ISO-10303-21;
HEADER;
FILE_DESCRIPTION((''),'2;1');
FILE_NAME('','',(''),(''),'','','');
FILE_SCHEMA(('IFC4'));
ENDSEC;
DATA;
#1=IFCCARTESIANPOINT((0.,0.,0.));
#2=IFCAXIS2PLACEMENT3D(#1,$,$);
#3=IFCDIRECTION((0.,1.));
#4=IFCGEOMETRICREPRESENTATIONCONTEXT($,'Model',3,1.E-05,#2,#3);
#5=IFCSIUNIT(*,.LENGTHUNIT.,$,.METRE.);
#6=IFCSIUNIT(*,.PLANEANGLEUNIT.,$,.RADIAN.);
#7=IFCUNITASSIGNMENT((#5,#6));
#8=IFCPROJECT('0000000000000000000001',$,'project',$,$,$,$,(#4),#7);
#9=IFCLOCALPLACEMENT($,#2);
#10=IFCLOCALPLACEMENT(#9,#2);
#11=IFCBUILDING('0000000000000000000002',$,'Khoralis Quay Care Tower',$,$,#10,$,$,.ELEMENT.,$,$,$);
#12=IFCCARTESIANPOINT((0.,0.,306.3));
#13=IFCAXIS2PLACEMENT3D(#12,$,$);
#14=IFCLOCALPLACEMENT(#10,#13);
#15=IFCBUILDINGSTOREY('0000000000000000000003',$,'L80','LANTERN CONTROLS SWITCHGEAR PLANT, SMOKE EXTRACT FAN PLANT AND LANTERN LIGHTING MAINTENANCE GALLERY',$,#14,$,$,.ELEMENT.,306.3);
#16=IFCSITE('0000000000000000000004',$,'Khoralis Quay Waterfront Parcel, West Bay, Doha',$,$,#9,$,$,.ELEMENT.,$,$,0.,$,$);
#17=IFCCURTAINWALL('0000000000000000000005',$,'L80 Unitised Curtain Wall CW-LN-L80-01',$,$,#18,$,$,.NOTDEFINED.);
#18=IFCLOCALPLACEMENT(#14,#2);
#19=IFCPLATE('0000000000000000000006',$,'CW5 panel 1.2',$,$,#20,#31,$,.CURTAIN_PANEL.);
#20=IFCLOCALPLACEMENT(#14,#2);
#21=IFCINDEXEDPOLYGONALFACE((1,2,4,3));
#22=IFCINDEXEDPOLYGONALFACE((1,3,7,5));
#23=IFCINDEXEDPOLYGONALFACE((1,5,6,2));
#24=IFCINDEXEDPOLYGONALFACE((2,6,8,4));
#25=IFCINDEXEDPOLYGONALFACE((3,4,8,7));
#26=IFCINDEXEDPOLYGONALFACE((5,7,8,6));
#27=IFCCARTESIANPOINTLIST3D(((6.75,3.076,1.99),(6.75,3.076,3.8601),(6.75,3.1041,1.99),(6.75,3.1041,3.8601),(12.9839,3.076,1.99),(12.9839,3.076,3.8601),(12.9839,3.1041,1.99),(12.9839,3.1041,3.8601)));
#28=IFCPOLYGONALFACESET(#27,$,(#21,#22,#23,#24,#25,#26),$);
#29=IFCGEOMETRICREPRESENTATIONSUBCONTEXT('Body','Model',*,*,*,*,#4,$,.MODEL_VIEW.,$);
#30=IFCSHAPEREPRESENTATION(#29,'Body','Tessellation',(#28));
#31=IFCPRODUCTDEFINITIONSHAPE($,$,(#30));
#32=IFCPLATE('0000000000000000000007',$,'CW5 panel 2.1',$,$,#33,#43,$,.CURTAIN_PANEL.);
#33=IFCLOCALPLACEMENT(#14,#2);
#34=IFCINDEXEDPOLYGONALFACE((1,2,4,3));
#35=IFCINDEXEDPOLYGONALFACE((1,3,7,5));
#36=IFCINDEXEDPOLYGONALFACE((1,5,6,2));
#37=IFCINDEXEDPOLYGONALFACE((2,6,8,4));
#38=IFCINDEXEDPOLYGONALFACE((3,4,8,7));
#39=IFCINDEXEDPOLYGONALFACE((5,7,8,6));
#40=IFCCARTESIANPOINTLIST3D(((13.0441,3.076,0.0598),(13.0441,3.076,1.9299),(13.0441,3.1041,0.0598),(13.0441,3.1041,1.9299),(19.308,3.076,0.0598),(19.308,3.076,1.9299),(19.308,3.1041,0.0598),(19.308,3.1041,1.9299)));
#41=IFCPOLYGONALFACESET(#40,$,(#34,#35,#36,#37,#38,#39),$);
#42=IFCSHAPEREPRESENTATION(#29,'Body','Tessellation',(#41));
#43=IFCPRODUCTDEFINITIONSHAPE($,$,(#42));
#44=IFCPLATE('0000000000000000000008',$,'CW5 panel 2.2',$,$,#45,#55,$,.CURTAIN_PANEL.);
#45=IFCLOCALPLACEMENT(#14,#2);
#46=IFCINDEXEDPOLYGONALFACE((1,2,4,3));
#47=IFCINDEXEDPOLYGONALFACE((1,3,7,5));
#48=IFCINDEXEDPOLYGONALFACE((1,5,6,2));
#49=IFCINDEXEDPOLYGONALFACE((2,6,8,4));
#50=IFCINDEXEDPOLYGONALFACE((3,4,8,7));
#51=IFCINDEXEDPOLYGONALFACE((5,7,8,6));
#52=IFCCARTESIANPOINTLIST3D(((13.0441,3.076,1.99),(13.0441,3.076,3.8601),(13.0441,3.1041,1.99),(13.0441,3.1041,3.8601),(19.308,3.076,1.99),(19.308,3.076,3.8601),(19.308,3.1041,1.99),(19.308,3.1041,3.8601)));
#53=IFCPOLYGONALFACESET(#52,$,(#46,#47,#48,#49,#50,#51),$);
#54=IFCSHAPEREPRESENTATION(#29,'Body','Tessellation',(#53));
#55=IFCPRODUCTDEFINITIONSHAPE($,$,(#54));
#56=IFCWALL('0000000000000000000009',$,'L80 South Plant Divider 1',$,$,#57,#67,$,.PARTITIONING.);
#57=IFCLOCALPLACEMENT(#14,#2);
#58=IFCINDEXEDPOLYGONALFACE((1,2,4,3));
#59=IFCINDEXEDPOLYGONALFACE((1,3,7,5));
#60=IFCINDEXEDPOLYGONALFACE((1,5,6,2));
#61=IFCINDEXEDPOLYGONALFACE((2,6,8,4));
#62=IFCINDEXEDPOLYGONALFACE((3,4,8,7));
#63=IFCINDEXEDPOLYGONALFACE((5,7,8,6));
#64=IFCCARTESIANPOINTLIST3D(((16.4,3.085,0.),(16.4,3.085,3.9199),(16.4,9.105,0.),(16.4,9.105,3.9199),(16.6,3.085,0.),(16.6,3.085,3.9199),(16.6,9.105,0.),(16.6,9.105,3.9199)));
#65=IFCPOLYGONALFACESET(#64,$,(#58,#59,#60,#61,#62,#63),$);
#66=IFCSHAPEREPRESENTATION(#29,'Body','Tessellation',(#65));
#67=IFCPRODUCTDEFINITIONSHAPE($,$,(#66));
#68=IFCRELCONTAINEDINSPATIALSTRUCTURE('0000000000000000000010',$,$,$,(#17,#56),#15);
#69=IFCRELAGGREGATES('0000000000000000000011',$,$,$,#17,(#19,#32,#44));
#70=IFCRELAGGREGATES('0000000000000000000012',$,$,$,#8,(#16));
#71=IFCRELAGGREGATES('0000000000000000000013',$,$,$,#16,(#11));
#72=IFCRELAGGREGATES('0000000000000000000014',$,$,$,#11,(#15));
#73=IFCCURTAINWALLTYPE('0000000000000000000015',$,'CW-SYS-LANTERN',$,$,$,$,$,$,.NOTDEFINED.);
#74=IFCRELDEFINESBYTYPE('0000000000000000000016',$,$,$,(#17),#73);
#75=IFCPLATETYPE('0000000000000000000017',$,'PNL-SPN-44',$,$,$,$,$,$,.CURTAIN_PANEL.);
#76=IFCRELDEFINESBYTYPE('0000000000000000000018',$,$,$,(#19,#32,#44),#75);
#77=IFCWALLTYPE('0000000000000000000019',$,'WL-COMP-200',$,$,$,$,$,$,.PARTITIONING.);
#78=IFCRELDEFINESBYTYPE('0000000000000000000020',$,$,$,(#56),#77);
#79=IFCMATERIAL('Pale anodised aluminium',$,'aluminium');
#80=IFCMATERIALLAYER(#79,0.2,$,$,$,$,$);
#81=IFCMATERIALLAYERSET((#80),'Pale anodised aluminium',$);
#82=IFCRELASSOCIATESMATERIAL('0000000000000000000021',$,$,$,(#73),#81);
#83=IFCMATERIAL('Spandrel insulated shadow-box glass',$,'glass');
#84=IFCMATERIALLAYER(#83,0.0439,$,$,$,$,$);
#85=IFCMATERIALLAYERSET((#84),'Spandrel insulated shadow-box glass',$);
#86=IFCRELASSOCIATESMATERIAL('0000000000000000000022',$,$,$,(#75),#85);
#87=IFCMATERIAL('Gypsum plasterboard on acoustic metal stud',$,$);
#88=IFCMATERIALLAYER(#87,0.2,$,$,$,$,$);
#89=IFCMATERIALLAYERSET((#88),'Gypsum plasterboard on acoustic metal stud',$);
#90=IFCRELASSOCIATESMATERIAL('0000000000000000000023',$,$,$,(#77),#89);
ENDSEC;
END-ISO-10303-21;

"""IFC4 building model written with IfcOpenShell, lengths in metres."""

from ifc_helpers import new_model, si_unit, direction, frame, frame_2d, origin, origin_2d, place, context, subcontext, project, spatial, rectangle, extrude, source, transform, mapped, material, layer, layer_set, type_object, element, aggregate, save


model = new_model("IFC4")

# Units and contexts
model_context = context("Model", 3, precision=1e-05, world=origin(), true_north=direction((0.0, 1.0)))
body_context = subcontext(model_context, "Body", "Model", "MODEL_VIEW")
ifc_project = project(units=[si_unit("LENGTHUNIT", "METRE"), si_unit("PLANEANGLEUNIT", "RADIAN")], contexts=[model_context])

# Site, building, storey
site_placement = place(None, origin())
site = spatial("IfcSite", under=ifc_project, at=site_placement, Name="Khoralis Quay Waterfront Parcel, West Bay, Doha", CompositionType="ELEMENT", RefElevation=0.0)
building_placement = place(site_placement, origin())
building = spatial("IfcBuilding", under=site, at=building_placement, Name="Khoralis Quay Care Tower", CompositionType="ELEMENT")
storey_placement = place(building_placement, frame((0.0, 0.0, 306.3)))
storey = spatial("IfcBuildingStorey", under=building, at=storey_placement, Name="L80", Description="LANTERN CONTROLS SWITCHGEAR PLANT, SMOKE EXTRACT FAN PLANT AND LANTERN LIGHTING MAINTENANCE GALLERY", CompositionType="ELEMENT", Elevation=306.3)

# Curtain wall
ifc_material_1 = material(Name="Pale anodised aluminium", Category="aluminium")
ifc_layer_1 = layer(ifc_material_1, 0.2)
ifc_layer_set_1 = layer_set([ifc_layer_1], Name="Pale anodised aluminium")
curtain_wall_type = type_object("IfcCurtainWallType", Name="CW-SYS-LANTERN", PredefinedType="NOTDEFINED", material=ifc_layer_set_1)
curtain_wall_1_placement = place(storey_placement, origin())
curtain_wall_1 = element("IfcCurtainWall", 1, at=curtain_wall_1_placement, inside=storey, type_object=curtain_wall_type, Name="L80 Unitised Curtain Wall CW-LN-L80-01", PredefinedType="NOTDEFINED")

# Plates
ifc_material_2 = material(Name="Spandrel insulated shadow-box glass", Category="glass")
ifc_layer_2 = layer(ifc_material_2, 0.0439)
ifc_layer_set_2 = layer_set([ifc_layer_2], Name="Spandrel insulated shadow-box glass")
plate_type = type_object("IfcPlateType", Name="PNL-SPN-44", PredefinedType="CURTAIN_PANEL", material=ifc_layer_set_2)
shared_shape_1 = source(origin(), body_context, "Body", "SweptSolid", [
    extrude(rectangle(XDim=6.2339, YDim=0.0281, at=origin_2d()), origin(), (0.0, 0.0, 1.0), 1.8701),
])
plate_1_placement = place(storey_placement, frame((9.8669, 3.0901, 1.99), z_axis=(0.0, 0.0, 1.0), x_axis=(1.0, 0.0, 0.0)))
plate_1 = element("IfcPlate", 2, at=plate_1_placement, type_object=plate_type, Name="CW5 panel 1.2", PredefinedType="CURTAIN_PANEL", context=body_context, shape_type="MappedRepresentation", body=[
    mapped(shared_shape_1, transform((0.0, 0.0, 0.0), scale=1.0)),
])
shared_shape_2 = source(origin(), body_context, "Body", "SweptSolid", [
    extrude(rectangle(XDim=6.2639, YDim=0.0281, at=origin_2d()), origin(), (0.0, 0.0, 1.0), 1.8701),
])
plate_2_placement = place(storey_placement, frame((16.176, 3.0901, 0.0598), z_axis=(0.0, 0.0, 1.0), x_axis=(1.0, 0.0, 0.0)))
plate_2 = element("IfcPlate", 3, at=plate_2_placement, type_object=plate_type, Name="CW5 panel 2.1", PredefinedType="CURTAIN_PANEL", context=body_context, shape_type="MappedRepresentation", body=[
    mapped(shared_shape_2, transform((0.0, 0.0, 0.0), scale=1.0)),
])
plate_3_placement = place(storey_placement, frame((16.176, 3.0901, 1.99), z_axis=(0.0, 0.0, 1.0), x_axis=(1.0, 0.0, 0.0)))
plate_3 = element("IfcPlate", 4, at=plate_3_placement, type_object=plate_type, Name="CW5 panel 2.2", PredefinedType="CURTAIN_PANEL", context=body_context, shape_type="MappedRepresentation", body=[
    mapped(shared_shape_2, transform((0.0, 0.0, 0.0), scale=1.0)),
])
aggregate(curtain_wall_1, [plate_1, plate_2, plate_3])

# Wall
ifc_material_3 = material(Name="Gypsum plasterboard on acoustic metal stud")
ifc_layer_3 = layer(ifc_material_3, 0.2)
ifc_layer_set_3 = layer_set([ifc_layer_3], Name="Gypsum plasterboard on acoustic metal stud")
wall_type = type_object("IfcWallType", Name="WL-COMP-200", PredefinedType="PARTITIONING", material=ifc_layer_set_3)
wall_placement = place(storey_placement, frame((16.5, 3.085, 0.0), z_axis=(0.0, 0.0, 1.0), x_axis=(0.0, 1.0, 0.0)))
element("IfcWall", 5, at=wall_placement, inside=storey, type_object=wall_type, Name="L80 South Plant Divider 1", PredefinedType="PARTITIONING", context=body_context, shape_type="SweptSolid", body=[
    extrude(rectangle(XDim=6.02, YDim=0.2, at=frame_2d((3.01, 0.0))), origin(), (0.0, 0.0, 1.0), 3.9199),
])

save(model, "model.ifc")
